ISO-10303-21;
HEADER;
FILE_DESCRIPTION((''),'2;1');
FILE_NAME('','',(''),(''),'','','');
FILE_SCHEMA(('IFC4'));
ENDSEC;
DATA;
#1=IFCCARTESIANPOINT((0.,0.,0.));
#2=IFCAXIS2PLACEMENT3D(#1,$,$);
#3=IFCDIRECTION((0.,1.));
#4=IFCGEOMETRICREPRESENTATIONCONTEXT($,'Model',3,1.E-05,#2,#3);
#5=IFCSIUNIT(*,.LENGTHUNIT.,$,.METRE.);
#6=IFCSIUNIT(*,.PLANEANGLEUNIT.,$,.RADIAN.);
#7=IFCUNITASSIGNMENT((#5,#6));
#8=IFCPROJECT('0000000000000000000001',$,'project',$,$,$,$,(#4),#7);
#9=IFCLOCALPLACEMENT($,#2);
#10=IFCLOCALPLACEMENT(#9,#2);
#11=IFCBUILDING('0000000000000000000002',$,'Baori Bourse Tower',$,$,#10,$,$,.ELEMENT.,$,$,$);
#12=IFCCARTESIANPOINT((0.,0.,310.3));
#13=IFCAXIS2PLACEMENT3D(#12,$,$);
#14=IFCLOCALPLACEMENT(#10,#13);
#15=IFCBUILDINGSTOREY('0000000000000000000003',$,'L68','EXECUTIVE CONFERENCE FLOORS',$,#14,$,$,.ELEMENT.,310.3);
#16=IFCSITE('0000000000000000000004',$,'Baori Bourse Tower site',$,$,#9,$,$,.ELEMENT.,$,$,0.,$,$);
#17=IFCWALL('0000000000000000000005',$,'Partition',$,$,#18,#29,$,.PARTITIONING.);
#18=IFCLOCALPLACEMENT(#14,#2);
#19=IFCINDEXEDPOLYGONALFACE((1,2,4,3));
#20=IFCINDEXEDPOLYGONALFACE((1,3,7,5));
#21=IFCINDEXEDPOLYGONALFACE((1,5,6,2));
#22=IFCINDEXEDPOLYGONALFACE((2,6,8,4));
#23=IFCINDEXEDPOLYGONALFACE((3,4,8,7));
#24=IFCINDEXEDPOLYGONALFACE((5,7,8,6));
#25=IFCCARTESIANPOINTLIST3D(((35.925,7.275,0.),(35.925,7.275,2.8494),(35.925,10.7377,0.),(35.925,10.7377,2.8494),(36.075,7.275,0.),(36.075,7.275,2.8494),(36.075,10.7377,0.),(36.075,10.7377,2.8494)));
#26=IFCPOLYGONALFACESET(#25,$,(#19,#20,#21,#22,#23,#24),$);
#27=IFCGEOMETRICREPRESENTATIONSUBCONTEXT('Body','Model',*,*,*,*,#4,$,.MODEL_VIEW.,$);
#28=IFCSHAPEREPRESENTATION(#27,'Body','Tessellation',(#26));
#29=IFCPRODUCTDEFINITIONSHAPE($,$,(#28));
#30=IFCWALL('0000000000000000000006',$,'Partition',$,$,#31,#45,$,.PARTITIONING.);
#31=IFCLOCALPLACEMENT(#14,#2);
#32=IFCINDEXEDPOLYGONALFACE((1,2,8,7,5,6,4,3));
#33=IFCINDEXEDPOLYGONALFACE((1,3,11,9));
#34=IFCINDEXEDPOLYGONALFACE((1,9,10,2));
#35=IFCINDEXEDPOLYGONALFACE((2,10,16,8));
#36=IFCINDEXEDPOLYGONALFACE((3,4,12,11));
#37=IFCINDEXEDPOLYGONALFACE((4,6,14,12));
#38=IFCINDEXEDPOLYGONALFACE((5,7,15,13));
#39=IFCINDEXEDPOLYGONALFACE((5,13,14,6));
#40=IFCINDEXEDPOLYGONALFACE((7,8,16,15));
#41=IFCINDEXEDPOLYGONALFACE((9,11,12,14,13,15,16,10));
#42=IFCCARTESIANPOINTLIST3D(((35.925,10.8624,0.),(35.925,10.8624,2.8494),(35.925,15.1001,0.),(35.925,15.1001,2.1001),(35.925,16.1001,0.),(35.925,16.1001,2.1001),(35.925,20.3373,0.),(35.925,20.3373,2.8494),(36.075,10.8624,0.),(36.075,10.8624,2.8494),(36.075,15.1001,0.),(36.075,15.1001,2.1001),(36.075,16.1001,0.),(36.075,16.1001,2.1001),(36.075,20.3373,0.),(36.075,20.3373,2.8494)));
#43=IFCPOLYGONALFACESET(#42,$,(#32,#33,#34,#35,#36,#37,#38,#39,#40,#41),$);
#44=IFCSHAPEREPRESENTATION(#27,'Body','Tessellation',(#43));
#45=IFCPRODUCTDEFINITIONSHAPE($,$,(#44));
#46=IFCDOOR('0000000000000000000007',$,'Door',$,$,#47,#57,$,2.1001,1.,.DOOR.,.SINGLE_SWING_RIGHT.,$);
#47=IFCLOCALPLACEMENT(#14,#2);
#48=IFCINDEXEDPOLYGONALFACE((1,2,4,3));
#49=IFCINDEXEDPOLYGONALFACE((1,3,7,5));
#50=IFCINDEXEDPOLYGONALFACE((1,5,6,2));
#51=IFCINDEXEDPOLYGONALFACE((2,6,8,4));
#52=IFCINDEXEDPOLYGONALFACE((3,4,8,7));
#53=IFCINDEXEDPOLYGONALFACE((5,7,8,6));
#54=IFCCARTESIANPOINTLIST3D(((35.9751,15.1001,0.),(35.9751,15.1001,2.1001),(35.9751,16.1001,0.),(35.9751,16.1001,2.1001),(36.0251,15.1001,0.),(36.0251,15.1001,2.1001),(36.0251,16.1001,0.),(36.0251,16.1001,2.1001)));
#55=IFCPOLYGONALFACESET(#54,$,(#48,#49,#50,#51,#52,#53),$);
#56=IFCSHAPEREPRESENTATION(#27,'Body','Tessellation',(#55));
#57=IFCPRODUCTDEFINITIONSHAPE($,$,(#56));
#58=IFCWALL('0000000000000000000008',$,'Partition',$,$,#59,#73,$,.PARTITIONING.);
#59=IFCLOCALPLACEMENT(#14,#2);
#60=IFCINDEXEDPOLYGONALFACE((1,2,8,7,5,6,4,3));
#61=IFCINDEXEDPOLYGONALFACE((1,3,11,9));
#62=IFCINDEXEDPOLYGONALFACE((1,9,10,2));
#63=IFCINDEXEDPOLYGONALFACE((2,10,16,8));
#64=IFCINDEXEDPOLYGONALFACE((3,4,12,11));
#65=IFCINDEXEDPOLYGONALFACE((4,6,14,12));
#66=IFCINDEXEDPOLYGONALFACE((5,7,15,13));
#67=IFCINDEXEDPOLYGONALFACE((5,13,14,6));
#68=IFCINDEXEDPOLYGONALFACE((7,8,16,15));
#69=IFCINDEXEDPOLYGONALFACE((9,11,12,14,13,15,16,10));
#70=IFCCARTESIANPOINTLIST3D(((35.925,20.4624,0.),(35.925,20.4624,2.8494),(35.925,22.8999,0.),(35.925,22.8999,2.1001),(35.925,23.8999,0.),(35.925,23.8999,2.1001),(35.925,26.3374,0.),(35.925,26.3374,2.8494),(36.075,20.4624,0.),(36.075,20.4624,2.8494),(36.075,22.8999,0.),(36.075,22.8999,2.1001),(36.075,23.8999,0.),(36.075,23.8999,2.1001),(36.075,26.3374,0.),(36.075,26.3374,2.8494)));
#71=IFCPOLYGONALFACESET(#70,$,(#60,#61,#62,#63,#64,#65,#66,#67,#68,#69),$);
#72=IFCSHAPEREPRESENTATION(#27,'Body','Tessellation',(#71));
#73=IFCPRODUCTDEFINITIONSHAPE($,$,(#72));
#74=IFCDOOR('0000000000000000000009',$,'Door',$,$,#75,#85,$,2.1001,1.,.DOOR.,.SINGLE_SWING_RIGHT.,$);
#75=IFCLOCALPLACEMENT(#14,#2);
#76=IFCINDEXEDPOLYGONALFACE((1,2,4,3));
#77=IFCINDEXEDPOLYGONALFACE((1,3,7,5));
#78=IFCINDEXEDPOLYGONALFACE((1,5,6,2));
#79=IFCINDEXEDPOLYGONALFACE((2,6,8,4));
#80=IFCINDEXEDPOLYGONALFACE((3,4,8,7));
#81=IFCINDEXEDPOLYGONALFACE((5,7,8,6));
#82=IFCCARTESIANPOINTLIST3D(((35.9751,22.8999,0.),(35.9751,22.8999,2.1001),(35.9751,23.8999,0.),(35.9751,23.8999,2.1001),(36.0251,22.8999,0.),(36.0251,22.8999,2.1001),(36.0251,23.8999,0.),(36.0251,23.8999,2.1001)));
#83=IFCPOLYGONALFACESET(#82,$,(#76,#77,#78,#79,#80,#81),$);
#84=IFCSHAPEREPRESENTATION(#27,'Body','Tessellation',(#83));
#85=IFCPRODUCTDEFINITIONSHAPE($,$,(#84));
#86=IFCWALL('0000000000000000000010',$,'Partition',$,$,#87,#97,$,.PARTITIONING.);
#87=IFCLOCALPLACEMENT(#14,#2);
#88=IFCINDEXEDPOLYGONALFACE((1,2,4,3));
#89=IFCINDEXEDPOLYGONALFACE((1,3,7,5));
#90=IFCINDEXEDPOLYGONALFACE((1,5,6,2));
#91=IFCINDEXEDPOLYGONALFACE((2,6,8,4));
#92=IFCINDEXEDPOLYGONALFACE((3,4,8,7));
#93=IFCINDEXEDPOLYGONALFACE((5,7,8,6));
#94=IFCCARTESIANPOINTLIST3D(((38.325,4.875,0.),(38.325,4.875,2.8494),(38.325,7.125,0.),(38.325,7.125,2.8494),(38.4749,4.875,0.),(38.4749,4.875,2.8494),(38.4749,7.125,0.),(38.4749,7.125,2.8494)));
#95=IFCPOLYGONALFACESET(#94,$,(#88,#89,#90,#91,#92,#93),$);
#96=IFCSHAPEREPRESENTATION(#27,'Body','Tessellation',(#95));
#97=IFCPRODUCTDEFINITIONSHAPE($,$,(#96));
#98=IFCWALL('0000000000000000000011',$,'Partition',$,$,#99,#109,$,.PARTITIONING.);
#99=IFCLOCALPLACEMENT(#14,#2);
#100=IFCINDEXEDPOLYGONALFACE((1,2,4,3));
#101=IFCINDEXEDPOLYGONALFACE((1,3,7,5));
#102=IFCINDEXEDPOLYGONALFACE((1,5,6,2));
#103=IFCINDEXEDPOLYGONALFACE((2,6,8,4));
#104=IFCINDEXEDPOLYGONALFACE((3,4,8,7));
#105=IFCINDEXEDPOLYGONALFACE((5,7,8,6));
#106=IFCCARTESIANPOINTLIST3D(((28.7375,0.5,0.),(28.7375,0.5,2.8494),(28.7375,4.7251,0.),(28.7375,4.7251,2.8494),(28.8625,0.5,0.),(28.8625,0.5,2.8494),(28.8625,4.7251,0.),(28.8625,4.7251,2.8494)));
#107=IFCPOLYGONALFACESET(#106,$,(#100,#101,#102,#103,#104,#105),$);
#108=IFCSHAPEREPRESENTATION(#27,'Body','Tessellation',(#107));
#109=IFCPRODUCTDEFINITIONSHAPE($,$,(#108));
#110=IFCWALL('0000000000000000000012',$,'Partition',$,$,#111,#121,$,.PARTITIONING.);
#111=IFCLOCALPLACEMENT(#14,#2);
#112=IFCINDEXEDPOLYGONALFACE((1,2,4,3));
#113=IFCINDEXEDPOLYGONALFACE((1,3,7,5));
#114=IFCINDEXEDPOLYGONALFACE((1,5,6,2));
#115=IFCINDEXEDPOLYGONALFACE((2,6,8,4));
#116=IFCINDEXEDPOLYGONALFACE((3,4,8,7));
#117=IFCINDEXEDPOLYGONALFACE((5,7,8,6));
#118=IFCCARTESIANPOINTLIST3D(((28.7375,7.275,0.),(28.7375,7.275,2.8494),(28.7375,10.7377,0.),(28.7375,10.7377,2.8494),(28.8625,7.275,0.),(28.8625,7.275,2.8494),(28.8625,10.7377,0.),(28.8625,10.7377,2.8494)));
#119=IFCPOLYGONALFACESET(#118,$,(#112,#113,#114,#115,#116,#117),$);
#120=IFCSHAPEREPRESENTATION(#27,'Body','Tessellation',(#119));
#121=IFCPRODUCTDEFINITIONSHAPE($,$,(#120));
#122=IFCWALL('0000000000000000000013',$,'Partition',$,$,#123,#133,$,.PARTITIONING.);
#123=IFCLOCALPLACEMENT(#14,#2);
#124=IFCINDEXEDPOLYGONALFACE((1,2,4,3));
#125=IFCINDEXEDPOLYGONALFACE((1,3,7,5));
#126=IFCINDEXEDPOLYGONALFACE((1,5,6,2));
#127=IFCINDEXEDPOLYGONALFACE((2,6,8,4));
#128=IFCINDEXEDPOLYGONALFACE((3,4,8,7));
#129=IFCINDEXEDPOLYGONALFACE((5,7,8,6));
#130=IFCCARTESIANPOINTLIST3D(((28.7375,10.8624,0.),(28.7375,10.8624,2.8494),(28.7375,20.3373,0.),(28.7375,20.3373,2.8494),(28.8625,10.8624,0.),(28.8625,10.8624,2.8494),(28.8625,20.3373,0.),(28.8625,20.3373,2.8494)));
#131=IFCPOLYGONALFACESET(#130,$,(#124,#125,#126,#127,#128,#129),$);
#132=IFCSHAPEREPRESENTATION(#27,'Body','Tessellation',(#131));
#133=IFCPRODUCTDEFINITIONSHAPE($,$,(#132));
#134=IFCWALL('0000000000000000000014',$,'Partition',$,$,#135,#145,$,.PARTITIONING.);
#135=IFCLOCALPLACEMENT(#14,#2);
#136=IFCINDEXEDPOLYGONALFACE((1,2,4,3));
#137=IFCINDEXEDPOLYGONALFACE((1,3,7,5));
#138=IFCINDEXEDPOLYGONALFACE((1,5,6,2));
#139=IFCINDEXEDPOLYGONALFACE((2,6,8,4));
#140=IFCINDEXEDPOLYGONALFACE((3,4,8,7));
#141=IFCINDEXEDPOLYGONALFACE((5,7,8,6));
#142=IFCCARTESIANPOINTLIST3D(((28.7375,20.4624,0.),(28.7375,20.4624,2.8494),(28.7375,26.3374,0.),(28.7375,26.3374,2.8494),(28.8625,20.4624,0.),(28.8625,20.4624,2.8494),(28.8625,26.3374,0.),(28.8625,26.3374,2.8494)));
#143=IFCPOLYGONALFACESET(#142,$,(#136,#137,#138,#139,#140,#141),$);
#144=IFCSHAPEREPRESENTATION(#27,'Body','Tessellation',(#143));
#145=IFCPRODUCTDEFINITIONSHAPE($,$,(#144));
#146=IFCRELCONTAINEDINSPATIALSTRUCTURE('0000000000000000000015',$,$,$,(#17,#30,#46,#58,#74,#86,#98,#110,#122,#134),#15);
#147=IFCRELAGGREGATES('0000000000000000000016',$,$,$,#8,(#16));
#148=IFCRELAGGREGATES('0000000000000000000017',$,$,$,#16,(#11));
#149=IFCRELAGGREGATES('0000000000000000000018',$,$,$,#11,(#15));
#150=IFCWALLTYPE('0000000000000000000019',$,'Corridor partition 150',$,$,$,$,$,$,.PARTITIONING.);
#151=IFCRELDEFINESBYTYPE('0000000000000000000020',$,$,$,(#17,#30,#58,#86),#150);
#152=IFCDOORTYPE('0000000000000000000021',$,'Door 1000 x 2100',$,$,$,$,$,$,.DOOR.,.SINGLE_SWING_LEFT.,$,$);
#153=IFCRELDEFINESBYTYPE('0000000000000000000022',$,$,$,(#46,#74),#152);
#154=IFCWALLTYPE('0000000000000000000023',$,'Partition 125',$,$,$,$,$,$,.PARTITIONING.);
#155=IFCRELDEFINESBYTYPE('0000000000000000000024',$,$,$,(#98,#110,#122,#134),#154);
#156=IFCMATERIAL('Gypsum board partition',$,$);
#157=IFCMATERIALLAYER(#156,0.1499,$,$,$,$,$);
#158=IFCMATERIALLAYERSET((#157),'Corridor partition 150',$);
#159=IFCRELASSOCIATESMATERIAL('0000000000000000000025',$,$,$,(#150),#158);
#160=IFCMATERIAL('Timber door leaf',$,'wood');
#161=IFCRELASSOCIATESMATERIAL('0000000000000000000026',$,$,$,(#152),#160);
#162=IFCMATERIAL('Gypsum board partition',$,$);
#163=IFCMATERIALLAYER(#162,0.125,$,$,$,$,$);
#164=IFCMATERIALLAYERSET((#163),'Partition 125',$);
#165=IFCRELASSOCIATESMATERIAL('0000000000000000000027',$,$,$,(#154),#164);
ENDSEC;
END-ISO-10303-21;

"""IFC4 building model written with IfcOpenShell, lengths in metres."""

from ifc_helpers import new_model, si_unit, direction, frame, frame_2d, origin, place, context, subcontext, project, spatial, rectangle, extrude, material, layer, layer_set, type_object, element, fill, save


model = new_model("IFC4")

# Units and contexts
model_context = context("Model", 3, precision=1e-05, world=origin(), true_north=direction((0.0, 1.0)))
body_context = subcontext(model_context, "Body", "Model", "MODEL_VIEW")
ifc_project = project(units=[si_unit("LENGTHUNIT", "METRE"), si_unit("PLANEANGLEUNIT", "RADIAN")], contexts=[model_context])

# Site, building, storey
site_placement = place(None, origin())
site = spatial("IfcSite", under=ifc_project, at=site_placement, Name="Baori Bourse Tower site", CompositionType="ELEMENT", RefElevation=0.0)
building_placement = place(site_placement, origin())
building = spatial("IfcBuilding", under=site, at=building_placement, Name="Baori Bourse Tower", CompositionType="ELEMENT")
storey_placement = place(building_placement, frame((0.0, 0.0, 310.3)))
storey = spatial("IfcBuildingStorey", under=building, at=storey_placement, Name="L68", Description="EXECUTIVE CONFERENCE FLOORS", CompositionType="ELEMENT", Elevation=310.3)

# Shared definitions
ifc_material_1 = material(Name="Gypsum board partition")
ifc_layer_1 = layer(ifc_material_1, 0.1499)
ifc_layer_set_1 = layer_set([ifc_layer_1], Name="Corridor partition 150")
wall_type_1 = type_object("IfcWallType", Name="Corridor partition 150", PredefinedType="PARTITIONING", material=ifc_layer_set_1)
ifc_material_2 = material(Name="Timber door leaf", Category="wood")
door_type = type_object("IfcDoorType", Name="Door 1000 x 2100", OperationType="SINGLE_SWING_LEFT", PredefinedType="DOOR", material=ifc_material_2)

# Wall
wall_1_placement = place(storey_placement, frame((36.0, 7.2749, 0.0), z_axis=(0.0, 0.0, 1.0), x_axis=(0.0, 1.0, 0.0)))
element("IfcWall", 1, at=wall_1_placement, inside=storey, type_object=wall_type_1, Name="Partition", PredefinedType="PARTITIONING", context=body_context, shape_type="SweptSolid", body=[
    extrude(rectangle(XDim=3.4626, YDim=0.1499, at=frame_2d((1.7314, 0.0))), origin(), (0.0, 0.0, 1.0), 2.8494),
])

# Walls, openings, doors
wall_2_placement = place(storey_placement, frame((36.0, 10.8625, 0.0), z_axis=(0.0, 0.0, 1.0), x_axis=(0.0, 1.0, 0.0)))
wall_2 = element("IfcWall", 2, at=wall_2_placement, inside=storey, type_object=wall_type_1, Name="Partition", PredefinedType="PARTITIONING", context=body_context, shape_type="SweptSolid", body=[
    extrude(rectangle(XDim=9.4749, YDim=0.1499, at=frame_2d((4.7373, 0.0))), origin(), (0.0, 0.0, 1.0), 2.8494),
])
opening_1_placement = place(wall_2_placement, frame((4.2375, 0.0, 0.0)))
opening_1 = element("IfcOpeningElement", 3, at=opening_1_placement, cuts=wall_2, PredefinedType="OPENING", context=body_context, shape_type="SweptSolid", body=[
    extrude(rectangle(XDim=1.0, YDim=2.1001, at=frame_2d((0.5, 1.05))), frame((0.0, 0.085, 0.0), z_axis=(0.0, -1.0, 0.0), x_axis=(1.0, 0.0, 0.0)), (0.0, 0.0, 1.0), 0.1699),
])
door_1_placement = place(opening_1_placement, origin())
door_1 = element("IfcDoor", 4, at=door_1_placement, inside=storey, type_object=door_type, Name="Door", OperationType="SINGLE_SWING_RIGHT", OverallHeight=2.1001, OverallWidth=1.0, PredefinedType="DOOR", context=body_context, shape_type="SweptSolid", body=[
    extrude(rectangle(XDim=1.0, YDim=2.1001, at=frame_2d((0.5, 1.05))), frame((0.0, 0.0249, 0.0), z_axis=(0.0, -1.0, 0.0), x_axis=(1.0, 0.0, 0.0)), (0.0, 0.0, 1.0), 0.05),
])
fill(opening_1, door_1)
wall_3_placement = place(storey_placement, frame((36.0, 20.4624, 0.0), z_axis=(0.0, 0.0, 1.0), x_axis=(0.0, 1.0, 0.0)))
wall_3 = element("IfcWall", 5, at=wall_3_placement, inside=storey, type_object=wall_type_1, Name="Partition", PredefinedType="PARTITIONING", context=body_context, shape_type="SweptSolid", body=[
    extrude(rectangle(XDim=5.875, YDim=0.1499, at=frame_2d((2.9375, 0.0))), origin(), (0.0, 0.0, 1.0), 2.8494),
])
opening_2_placement = place(wall_3_placement, frame((2.4375, 0.0, 0.0)))
opening_2 = element("IfcOpeningElement", 6, at=opening_2_placement, cuts=wall_3, PredefinedType="OPENING", context=body_context, shape_type="SweptSolid", body=[
    extrude(rectangle(XDim=1.0, YDim=2.1001, at=frame_2d((0.5, 1.05))), frame((0.0, 0.085, 0.0), z_axis=(0.0, -1.0, 0.0), x_axis=(1.0, 0.0, 0.0)), (0.0, 0.0, 1.0), 0.1699),
])
door_2_placement = place(opening_2_placement, origin())
door_2 = element("IfcDoor", 7, at=door_2_placement, inside=storey, type_object=door_type, Name="Door", OperationType="SINGLE_SWING_RIGHT", OverallHeight=2.1001, OverallWidth=1.0, PredefinedType="DOOR", context=body_context, shape_type="SweptSolid", body=[
    extrude(rectangle(XDim=1.0, YDim=2.1001, at=frame_2d((0.5, 1.05))), frame((0.0, 0.0249, 0.0), z_axis=(0.0, -1.0, 0.0), x_axis=(1.0, 0.0, 0.0)), (0.0, 0.0, 1.0), 0.05),
])
fill(opening_2, door_2)

# Walls
wall_4_placement = place(storey_placement, frame((38.3999, 4.875, 0.0), z_axis=(0.0, 0.0, 1.0), x_axis=(0.0, 1.0, 0.0)))
element("IfcWall", 8, at=wall_4_placement, inside=storey, type_object=wall_type_1, Name="Partition", PredefinedType="PARTITIONING", context=body_context, shape_type="SweptSolid", body=[
    extrude(rectangle(XDim=2.25, YDim=0.1499, at=frame_2d((1.125, 0.0))), origin(), (0.0, 0.0, 1.0), 2.8494),
])
ifc_material_3 = material(Name="Gypsum board partition")
ifc_layer_2 = layer(ifc_material_3, 0.125)
ifc_layer_set_2 = layer_set([ifc_layer_2], Name="Partition 125")
wall_type_2 = type_object("IfcWallType", Name="Partition 125", PredefinedType="PARTITIONING", material=ifc_layer_set_2)
wall_5_placement = place(storey_placement, frame((28.8, 0.5, 0.0), z_axis=(0.0, 0.0, 1.0), x_axis=(0.0, 1.0, 0.0)))
element("IfcWall", 9, at=wall_5_placement, inside=storey, type_object=wall_type_2, Name="Partition", PredefinedType="PARTITIONING", context=body_context, shape_type="SweptSolid", body=[
    extrude(rectangle(XDim=4.2251, YDim=0.125, at=frame_2d((2.1125, 0.0))), origin(), (0.0, 0.0, 1.0), 2.8494),
])
wall_6_placement = place(storey_placement, frame((28.8, 7.2749, 0.0), z_axis=(0.0, 0.0, 1.0), x_axis=(0.0, 1.0, 0.0)))
element("IfcWall", 10, at=wall_6_placement, inside=storey, type_object=wall_type_2, Name="Partition", PredefinedType="PARTITIONING", context=body_context, shape_type="SweptSolid", body=[
    extrude(rectangle(XDim=3.4626, YDim=0.125, at=frame_2d((1.7314, 0.0))), origin(), (0.0, 0.0, 1.0), 2.8494),
])
wall_7_placement = place(storey_placement, frame((28.8, 10.8625, 0.0), z_axis=(0.0, 0.0, 1.0), x_axis=(0.0, 1.0, 0.0)))
element("IfcWall", 11, at=wall_7_placement, inside=storey, type_object=wall_type_2, Name="Partition", PredefinedType="PARTITIONING", context=body_context, shape_type="SweptSolid", body=[
    extrude(rectangle(XDim=9.4749, YDim=0.125, at=frame_2d((4.7373, 0.0))), origin(), (0.0, 0.0, 1.0), 2.8494),
])
wall_8_placement = place(storey_placement, frame((28.8, 20.4624, 0.0), z_axis=(0.0, 0.0, 1.0), x_axis=(0.0, 1.0, 0.0)))
element("IfcWall", 12, at=wall_8_placement, inside=storey, type_object=wall_type_2, Name="Partition", PredefinedType="PARTITIONING", context=body_context, shape_type="SweptSolid", body=[
    extrude(rectangle(XDim=5.875, YDim=0.125, at=frame_2d((2.9375, 0.0))), origin(), (0.0, 0.0, 1.0), 2.8494),
])

save(model, "model.ifc")
